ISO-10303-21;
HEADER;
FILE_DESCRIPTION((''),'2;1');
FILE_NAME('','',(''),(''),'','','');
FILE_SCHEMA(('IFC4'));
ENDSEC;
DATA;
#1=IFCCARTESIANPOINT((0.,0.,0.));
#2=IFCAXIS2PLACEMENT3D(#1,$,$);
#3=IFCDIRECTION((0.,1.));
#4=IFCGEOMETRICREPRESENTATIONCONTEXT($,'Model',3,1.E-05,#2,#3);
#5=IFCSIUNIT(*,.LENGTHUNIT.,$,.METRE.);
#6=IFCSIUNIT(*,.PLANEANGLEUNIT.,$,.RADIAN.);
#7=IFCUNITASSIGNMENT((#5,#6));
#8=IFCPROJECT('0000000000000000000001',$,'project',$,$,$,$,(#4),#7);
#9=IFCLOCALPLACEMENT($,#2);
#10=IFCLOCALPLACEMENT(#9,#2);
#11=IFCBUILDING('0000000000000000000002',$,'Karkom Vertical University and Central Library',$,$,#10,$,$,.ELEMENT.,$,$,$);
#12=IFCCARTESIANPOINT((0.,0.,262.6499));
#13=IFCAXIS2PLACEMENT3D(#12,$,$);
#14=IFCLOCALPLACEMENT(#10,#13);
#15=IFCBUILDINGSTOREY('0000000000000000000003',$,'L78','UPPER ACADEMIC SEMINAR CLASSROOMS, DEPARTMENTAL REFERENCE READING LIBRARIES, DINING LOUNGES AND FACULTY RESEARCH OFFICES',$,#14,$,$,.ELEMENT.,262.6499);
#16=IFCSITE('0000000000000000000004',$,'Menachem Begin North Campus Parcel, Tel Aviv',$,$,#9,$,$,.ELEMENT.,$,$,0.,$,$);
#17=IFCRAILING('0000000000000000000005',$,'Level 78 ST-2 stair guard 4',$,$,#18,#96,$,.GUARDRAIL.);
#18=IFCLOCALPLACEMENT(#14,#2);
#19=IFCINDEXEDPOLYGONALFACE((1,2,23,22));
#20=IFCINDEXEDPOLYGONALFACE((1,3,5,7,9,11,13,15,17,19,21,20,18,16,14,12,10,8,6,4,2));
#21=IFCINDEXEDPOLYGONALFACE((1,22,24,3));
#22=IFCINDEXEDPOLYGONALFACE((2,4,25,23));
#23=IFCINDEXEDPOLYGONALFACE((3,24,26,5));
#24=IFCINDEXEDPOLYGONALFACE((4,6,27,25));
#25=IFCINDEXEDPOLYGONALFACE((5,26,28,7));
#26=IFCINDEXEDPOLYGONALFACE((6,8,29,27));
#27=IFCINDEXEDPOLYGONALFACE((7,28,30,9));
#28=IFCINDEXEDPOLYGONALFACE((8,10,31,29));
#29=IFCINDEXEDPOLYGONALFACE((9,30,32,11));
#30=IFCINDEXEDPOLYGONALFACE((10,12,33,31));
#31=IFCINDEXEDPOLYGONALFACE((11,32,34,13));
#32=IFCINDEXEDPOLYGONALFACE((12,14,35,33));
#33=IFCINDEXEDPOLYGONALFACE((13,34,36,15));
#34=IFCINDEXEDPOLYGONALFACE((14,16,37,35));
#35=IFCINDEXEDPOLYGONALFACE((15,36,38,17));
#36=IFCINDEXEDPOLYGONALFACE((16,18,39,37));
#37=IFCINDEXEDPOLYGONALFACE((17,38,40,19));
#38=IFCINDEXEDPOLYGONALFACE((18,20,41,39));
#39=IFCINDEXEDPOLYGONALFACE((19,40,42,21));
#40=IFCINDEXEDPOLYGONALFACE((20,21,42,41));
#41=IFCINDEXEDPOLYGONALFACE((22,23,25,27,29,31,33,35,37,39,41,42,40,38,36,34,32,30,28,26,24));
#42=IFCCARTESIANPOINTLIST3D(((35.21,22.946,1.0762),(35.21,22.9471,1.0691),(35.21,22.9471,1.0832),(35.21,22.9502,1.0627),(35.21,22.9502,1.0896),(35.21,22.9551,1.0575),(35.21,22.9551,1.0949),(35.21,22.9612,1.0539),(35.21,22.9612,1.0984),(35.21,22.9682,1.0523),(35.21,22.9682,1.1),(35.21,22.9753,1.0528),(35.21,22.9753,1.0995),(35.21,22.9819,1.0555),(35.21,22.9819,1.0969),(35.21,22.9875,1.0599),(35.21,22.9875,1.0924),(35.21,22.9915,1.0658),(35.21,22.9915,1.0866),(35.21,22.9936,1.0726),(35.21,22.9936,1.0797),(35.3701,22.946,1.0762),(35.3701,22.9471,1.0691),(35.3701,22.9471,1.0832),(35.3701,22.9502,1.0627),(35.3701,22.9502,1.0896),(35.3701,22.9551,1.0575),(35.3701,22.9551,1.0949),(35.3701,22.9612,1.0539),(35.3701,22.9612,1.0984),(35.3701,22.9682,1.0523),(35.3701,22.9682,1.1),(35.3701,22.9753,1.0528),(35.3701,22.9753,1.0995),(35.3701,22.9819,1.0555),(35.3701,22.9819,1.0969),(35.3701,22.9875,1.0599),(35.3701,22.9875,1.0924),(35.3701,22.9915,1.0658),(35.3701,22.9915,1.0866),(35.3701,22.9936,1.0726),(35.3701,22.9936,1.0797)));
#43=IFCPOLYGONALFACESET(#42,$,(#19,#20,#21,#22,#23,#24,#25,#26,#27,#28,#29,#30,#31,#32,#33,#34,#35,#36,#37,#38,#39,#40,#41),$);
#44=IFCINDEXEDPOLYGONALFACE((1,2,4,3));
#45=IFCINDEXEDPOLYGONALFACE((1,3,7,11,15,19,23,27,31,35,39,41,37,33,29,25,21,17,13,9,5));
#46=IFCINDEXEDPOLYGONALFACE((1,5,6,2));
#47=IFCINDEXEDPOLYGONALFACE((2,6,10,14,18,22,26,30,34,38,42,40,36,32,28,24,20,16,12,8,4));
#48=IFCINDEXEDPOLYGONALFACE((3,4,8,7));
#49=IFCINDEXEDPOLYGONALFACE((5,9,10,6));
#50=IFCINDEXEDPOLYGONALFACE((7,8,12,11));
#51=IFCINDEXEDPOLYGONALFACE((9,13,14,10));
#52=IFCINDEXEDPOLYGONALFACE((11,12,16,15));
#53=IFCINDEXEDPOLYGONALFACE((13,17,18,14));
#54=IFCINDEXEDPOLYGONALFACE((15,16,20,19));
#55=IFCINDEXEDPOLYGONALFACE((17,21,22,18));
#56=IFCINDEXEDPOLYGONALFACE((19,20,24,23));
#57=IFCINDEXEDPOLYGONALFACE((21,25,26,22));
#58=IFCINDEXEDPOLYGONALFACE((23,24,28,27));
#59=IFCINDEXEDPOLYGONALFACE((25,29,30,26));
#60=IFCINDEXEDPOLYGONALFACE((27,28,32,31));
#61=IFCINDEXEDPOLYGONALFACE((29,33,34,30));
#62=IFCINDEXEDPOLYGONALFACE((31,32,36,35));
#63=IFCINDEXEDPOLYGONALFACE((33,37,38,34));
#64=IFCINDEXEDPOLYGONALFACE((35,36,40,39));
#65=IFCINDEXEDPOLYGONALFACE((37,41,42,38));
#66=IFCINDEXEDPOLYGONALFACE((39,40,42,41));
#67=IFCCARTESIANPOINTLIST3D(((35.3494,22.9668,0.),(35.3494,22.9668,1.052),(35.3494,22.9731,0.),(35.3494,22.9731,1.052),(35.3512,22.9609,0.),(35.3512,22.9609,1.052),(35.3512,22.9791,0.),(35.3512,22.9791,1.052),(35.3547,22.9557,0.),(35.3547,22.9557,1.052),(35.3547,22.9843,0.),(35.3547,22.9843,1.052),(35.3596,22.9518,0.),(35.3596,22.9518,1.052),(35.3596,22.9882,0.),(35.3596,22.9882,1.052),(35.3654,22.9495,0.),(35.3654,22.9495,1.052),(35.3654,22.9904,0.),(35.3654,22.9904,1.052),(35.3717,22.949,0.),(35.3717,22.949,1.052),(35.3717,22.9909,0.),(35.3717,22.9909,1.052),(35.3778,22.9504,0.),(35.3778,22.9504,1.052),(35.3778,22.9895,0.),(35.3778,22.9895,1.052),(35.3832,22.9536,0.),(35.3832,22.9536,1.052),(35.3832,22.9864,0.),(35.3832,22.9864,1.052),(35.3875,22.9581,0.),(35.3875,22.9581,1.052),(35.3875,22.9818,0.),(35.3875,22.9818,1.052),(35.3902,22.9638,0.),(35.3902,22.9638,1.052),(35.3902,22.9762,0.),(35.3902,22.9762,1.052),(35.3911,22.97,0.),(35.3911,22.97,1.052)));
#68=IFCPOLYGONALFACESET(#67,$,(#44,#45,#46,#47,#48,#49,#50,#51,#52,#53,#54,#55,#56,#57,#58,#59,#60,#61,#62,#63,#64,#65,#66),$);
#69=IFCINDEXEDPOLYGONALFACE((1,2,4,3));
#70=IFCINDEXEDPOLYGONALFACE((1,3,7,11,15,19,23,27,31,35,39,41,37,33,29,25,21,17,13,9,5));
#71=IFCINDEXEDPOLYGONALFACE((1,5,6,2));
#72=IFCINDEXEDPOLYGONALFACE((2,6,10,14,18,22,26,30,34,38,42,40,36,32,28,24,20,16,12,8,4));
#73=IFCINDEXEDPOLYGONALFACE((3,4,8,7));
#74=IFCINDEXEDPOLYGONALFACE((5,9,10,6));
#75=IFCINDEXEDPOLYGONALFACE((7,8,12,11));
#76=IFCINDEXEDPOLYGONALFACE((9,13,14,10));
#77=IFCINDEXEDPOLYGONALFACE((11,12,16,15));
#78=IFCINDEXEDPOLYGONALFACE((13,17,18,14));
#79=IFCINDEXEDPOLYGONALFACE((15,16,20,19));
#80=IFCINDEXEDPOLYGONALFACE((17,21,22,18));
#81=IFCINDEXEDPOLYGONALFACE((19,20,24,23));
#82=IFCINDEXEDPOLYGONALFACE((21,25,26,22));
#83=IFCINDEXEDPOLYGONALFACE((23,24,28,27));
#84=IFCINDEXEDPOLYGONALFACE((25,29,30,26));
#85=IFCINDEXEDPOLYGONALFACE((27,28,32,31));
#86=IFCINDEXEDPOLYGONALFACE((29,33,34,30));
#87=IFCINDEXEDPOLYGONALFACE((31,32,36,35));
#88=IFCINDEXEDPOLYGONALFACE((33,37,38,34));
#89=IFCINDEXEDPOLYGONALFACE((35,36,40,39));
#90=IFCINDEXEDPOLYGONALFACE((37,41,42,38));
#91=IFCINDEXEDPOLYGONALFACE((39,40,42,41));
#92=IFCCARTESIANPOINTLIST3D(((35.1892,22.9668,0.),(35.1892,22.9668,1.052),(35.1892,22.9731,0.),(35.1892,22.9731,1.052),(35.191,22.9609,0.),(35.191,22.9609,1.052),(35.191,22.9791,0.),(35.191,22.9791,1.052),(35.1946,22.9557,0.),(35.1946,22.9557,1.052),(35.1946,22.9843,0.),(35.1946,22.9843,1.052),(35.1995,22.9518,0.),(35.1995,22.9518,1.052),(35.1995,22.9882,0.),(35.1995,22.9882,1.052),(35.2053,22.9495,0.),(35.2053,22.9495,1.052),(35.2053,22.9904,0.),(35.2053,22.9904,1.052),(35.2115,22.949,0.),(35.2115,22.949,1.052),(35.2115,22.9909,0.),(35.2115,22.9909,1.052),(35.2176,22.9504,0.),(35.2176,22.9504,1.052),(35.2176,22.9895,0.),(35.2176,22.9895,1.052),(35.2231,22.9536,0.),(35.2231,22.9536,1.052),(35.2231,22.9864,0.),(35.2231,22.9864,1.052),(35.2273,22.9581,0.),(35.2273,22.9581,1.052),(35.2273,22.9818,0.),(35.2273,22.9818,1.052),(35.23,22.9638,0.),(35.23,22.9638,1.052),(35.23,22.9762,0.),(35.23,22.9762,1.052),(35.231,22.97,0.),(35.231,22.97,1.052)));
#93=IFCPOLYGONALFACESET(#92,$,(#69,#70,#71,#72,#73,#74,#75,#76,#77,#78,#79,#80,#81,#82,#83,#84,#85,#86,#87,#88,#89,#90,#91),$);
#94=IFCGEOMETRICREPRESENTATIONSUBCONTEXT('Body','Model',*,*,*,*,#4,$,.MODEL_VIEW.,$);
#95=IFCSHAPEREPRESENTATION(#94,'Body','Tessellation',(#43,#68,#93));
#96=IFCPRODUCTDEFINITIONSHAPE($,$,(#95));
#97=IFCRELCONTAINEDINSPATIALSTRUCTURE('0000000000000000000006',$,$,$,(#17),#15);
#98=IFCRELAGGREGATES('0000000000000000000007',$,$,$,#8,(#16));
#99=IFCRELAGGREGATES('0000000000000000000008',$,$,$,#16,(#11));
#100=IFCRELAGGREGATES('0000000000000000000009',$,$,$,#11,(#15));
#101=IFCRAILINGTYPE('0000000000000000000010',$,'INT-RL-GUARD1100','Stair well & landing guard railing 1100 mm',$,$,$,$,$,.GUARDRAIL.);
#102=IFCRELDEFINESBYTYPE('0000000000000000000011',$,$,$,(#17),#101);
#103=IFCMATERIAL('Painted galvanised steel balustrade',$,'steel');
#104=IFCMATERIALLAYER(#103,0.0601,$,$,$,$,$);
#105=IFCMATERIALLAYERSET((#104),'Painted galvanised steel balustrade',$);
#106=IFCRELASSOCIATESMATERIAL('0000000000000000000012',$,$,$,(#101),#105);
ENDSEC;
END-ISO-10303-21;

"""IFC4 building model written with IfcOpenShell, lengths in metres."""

from ifc_helpers import new_model, si_unit, direction, frame, origin, origin_2d, place, context, subcontext, project, spatial, circle, extrude, material, layer, layer_set, type_object, element, save


model = new_model("IFC4")

# Units and contexts
model_context = context("Model", 3, precision=1e-05, world=origin(), true_north=direction((0.0, 1.0)))
body_context = subcontext(model_context, "Body", "Model", "MODEL_VIEW")
ifc_project = project(units=[si_unit("LENGTHUNIT", "METRE"), si_unit("PLANEANGLEUNIT", "RADIAN")], contexts=[model_context])

# Site, building, storey
site_placement = place(None, origin())
site = spatial("IfcSite", under=ifc_project, at=site_placement, Name="Menachem Begin North Campus Parcel, Tel Aviv", CompositionType="ELEMENT", RefElevation=0.0)
building_placement = place(site_placement, origin())
building = spatial("IfcBuilding", under=site, at=building_placement, Name="Karkom Vertical University and Central Library", CompositionType="ELEMENT")
storey_placement = place(building_placement, frame((0.0, 0.0, 262.6499)))
storey = spatial("IfcBuildingStorey", under=building, at=storey_placement, Name="L78", Description="UPPER ACADEMIC SEMINAR CLASSROOMS, DEPARTMENTAL REFERENCE READING LIBRARIES, DINING LOUNGES AND FACULTY RESEARCH OFFICES", CompositionType="ELEMENT", Elevation=262.6499)

# Railing
ifc_material_1 = material(Name="Painted galvanised steel balustrade", Category="steel")
ifc_layer_1 = layer(ifc_material_1, 0.0601)
ifc_layer_set_1 = layer_set([ifc_layer_1], Name="Painted galvanised steel balustrade")
railing_type = type_object("IfcRailingType", Name="INT-RL-GUARD1100", Description="Stair well & landing guard railing 1100 mm", PredefinedType="GUARDRAIL", material=ifc_layer_set_1)
railing_1_placement = place(storey_placement, frame((35.3701, 22.97, 0.0)))
element("IfcRailing", 1, at=railing_1_placement, inside=storey, type_object=railing_type, Name="Level 78 ST-2 stair guard 4", PredefinedType="GUARDRAIL", context=body_context, shape_type="SweptSolid", body=[
    extrude(circle(Radius=0.0239, at=origin_2d()), frame((0.0, 0.0, 1.0762), z_axis=(-1.0, 0.0, 0.0), x_axis=(0.0, -1.0, 0.0)), (0.0, 0.0, 1.0), 0.1602),
    extrude(circle(Radius=0.021, at=origin_2d()), origin(), (0.0, 0.0, 1.0), 1.052),
    extrude(circle(Radius=0.021, at=origin_2d()), frame((-0.1602, 0.0, 0.0)), (0.0, 0.0, 1.0), 1.052),
])

save(model, "model.ifc")
